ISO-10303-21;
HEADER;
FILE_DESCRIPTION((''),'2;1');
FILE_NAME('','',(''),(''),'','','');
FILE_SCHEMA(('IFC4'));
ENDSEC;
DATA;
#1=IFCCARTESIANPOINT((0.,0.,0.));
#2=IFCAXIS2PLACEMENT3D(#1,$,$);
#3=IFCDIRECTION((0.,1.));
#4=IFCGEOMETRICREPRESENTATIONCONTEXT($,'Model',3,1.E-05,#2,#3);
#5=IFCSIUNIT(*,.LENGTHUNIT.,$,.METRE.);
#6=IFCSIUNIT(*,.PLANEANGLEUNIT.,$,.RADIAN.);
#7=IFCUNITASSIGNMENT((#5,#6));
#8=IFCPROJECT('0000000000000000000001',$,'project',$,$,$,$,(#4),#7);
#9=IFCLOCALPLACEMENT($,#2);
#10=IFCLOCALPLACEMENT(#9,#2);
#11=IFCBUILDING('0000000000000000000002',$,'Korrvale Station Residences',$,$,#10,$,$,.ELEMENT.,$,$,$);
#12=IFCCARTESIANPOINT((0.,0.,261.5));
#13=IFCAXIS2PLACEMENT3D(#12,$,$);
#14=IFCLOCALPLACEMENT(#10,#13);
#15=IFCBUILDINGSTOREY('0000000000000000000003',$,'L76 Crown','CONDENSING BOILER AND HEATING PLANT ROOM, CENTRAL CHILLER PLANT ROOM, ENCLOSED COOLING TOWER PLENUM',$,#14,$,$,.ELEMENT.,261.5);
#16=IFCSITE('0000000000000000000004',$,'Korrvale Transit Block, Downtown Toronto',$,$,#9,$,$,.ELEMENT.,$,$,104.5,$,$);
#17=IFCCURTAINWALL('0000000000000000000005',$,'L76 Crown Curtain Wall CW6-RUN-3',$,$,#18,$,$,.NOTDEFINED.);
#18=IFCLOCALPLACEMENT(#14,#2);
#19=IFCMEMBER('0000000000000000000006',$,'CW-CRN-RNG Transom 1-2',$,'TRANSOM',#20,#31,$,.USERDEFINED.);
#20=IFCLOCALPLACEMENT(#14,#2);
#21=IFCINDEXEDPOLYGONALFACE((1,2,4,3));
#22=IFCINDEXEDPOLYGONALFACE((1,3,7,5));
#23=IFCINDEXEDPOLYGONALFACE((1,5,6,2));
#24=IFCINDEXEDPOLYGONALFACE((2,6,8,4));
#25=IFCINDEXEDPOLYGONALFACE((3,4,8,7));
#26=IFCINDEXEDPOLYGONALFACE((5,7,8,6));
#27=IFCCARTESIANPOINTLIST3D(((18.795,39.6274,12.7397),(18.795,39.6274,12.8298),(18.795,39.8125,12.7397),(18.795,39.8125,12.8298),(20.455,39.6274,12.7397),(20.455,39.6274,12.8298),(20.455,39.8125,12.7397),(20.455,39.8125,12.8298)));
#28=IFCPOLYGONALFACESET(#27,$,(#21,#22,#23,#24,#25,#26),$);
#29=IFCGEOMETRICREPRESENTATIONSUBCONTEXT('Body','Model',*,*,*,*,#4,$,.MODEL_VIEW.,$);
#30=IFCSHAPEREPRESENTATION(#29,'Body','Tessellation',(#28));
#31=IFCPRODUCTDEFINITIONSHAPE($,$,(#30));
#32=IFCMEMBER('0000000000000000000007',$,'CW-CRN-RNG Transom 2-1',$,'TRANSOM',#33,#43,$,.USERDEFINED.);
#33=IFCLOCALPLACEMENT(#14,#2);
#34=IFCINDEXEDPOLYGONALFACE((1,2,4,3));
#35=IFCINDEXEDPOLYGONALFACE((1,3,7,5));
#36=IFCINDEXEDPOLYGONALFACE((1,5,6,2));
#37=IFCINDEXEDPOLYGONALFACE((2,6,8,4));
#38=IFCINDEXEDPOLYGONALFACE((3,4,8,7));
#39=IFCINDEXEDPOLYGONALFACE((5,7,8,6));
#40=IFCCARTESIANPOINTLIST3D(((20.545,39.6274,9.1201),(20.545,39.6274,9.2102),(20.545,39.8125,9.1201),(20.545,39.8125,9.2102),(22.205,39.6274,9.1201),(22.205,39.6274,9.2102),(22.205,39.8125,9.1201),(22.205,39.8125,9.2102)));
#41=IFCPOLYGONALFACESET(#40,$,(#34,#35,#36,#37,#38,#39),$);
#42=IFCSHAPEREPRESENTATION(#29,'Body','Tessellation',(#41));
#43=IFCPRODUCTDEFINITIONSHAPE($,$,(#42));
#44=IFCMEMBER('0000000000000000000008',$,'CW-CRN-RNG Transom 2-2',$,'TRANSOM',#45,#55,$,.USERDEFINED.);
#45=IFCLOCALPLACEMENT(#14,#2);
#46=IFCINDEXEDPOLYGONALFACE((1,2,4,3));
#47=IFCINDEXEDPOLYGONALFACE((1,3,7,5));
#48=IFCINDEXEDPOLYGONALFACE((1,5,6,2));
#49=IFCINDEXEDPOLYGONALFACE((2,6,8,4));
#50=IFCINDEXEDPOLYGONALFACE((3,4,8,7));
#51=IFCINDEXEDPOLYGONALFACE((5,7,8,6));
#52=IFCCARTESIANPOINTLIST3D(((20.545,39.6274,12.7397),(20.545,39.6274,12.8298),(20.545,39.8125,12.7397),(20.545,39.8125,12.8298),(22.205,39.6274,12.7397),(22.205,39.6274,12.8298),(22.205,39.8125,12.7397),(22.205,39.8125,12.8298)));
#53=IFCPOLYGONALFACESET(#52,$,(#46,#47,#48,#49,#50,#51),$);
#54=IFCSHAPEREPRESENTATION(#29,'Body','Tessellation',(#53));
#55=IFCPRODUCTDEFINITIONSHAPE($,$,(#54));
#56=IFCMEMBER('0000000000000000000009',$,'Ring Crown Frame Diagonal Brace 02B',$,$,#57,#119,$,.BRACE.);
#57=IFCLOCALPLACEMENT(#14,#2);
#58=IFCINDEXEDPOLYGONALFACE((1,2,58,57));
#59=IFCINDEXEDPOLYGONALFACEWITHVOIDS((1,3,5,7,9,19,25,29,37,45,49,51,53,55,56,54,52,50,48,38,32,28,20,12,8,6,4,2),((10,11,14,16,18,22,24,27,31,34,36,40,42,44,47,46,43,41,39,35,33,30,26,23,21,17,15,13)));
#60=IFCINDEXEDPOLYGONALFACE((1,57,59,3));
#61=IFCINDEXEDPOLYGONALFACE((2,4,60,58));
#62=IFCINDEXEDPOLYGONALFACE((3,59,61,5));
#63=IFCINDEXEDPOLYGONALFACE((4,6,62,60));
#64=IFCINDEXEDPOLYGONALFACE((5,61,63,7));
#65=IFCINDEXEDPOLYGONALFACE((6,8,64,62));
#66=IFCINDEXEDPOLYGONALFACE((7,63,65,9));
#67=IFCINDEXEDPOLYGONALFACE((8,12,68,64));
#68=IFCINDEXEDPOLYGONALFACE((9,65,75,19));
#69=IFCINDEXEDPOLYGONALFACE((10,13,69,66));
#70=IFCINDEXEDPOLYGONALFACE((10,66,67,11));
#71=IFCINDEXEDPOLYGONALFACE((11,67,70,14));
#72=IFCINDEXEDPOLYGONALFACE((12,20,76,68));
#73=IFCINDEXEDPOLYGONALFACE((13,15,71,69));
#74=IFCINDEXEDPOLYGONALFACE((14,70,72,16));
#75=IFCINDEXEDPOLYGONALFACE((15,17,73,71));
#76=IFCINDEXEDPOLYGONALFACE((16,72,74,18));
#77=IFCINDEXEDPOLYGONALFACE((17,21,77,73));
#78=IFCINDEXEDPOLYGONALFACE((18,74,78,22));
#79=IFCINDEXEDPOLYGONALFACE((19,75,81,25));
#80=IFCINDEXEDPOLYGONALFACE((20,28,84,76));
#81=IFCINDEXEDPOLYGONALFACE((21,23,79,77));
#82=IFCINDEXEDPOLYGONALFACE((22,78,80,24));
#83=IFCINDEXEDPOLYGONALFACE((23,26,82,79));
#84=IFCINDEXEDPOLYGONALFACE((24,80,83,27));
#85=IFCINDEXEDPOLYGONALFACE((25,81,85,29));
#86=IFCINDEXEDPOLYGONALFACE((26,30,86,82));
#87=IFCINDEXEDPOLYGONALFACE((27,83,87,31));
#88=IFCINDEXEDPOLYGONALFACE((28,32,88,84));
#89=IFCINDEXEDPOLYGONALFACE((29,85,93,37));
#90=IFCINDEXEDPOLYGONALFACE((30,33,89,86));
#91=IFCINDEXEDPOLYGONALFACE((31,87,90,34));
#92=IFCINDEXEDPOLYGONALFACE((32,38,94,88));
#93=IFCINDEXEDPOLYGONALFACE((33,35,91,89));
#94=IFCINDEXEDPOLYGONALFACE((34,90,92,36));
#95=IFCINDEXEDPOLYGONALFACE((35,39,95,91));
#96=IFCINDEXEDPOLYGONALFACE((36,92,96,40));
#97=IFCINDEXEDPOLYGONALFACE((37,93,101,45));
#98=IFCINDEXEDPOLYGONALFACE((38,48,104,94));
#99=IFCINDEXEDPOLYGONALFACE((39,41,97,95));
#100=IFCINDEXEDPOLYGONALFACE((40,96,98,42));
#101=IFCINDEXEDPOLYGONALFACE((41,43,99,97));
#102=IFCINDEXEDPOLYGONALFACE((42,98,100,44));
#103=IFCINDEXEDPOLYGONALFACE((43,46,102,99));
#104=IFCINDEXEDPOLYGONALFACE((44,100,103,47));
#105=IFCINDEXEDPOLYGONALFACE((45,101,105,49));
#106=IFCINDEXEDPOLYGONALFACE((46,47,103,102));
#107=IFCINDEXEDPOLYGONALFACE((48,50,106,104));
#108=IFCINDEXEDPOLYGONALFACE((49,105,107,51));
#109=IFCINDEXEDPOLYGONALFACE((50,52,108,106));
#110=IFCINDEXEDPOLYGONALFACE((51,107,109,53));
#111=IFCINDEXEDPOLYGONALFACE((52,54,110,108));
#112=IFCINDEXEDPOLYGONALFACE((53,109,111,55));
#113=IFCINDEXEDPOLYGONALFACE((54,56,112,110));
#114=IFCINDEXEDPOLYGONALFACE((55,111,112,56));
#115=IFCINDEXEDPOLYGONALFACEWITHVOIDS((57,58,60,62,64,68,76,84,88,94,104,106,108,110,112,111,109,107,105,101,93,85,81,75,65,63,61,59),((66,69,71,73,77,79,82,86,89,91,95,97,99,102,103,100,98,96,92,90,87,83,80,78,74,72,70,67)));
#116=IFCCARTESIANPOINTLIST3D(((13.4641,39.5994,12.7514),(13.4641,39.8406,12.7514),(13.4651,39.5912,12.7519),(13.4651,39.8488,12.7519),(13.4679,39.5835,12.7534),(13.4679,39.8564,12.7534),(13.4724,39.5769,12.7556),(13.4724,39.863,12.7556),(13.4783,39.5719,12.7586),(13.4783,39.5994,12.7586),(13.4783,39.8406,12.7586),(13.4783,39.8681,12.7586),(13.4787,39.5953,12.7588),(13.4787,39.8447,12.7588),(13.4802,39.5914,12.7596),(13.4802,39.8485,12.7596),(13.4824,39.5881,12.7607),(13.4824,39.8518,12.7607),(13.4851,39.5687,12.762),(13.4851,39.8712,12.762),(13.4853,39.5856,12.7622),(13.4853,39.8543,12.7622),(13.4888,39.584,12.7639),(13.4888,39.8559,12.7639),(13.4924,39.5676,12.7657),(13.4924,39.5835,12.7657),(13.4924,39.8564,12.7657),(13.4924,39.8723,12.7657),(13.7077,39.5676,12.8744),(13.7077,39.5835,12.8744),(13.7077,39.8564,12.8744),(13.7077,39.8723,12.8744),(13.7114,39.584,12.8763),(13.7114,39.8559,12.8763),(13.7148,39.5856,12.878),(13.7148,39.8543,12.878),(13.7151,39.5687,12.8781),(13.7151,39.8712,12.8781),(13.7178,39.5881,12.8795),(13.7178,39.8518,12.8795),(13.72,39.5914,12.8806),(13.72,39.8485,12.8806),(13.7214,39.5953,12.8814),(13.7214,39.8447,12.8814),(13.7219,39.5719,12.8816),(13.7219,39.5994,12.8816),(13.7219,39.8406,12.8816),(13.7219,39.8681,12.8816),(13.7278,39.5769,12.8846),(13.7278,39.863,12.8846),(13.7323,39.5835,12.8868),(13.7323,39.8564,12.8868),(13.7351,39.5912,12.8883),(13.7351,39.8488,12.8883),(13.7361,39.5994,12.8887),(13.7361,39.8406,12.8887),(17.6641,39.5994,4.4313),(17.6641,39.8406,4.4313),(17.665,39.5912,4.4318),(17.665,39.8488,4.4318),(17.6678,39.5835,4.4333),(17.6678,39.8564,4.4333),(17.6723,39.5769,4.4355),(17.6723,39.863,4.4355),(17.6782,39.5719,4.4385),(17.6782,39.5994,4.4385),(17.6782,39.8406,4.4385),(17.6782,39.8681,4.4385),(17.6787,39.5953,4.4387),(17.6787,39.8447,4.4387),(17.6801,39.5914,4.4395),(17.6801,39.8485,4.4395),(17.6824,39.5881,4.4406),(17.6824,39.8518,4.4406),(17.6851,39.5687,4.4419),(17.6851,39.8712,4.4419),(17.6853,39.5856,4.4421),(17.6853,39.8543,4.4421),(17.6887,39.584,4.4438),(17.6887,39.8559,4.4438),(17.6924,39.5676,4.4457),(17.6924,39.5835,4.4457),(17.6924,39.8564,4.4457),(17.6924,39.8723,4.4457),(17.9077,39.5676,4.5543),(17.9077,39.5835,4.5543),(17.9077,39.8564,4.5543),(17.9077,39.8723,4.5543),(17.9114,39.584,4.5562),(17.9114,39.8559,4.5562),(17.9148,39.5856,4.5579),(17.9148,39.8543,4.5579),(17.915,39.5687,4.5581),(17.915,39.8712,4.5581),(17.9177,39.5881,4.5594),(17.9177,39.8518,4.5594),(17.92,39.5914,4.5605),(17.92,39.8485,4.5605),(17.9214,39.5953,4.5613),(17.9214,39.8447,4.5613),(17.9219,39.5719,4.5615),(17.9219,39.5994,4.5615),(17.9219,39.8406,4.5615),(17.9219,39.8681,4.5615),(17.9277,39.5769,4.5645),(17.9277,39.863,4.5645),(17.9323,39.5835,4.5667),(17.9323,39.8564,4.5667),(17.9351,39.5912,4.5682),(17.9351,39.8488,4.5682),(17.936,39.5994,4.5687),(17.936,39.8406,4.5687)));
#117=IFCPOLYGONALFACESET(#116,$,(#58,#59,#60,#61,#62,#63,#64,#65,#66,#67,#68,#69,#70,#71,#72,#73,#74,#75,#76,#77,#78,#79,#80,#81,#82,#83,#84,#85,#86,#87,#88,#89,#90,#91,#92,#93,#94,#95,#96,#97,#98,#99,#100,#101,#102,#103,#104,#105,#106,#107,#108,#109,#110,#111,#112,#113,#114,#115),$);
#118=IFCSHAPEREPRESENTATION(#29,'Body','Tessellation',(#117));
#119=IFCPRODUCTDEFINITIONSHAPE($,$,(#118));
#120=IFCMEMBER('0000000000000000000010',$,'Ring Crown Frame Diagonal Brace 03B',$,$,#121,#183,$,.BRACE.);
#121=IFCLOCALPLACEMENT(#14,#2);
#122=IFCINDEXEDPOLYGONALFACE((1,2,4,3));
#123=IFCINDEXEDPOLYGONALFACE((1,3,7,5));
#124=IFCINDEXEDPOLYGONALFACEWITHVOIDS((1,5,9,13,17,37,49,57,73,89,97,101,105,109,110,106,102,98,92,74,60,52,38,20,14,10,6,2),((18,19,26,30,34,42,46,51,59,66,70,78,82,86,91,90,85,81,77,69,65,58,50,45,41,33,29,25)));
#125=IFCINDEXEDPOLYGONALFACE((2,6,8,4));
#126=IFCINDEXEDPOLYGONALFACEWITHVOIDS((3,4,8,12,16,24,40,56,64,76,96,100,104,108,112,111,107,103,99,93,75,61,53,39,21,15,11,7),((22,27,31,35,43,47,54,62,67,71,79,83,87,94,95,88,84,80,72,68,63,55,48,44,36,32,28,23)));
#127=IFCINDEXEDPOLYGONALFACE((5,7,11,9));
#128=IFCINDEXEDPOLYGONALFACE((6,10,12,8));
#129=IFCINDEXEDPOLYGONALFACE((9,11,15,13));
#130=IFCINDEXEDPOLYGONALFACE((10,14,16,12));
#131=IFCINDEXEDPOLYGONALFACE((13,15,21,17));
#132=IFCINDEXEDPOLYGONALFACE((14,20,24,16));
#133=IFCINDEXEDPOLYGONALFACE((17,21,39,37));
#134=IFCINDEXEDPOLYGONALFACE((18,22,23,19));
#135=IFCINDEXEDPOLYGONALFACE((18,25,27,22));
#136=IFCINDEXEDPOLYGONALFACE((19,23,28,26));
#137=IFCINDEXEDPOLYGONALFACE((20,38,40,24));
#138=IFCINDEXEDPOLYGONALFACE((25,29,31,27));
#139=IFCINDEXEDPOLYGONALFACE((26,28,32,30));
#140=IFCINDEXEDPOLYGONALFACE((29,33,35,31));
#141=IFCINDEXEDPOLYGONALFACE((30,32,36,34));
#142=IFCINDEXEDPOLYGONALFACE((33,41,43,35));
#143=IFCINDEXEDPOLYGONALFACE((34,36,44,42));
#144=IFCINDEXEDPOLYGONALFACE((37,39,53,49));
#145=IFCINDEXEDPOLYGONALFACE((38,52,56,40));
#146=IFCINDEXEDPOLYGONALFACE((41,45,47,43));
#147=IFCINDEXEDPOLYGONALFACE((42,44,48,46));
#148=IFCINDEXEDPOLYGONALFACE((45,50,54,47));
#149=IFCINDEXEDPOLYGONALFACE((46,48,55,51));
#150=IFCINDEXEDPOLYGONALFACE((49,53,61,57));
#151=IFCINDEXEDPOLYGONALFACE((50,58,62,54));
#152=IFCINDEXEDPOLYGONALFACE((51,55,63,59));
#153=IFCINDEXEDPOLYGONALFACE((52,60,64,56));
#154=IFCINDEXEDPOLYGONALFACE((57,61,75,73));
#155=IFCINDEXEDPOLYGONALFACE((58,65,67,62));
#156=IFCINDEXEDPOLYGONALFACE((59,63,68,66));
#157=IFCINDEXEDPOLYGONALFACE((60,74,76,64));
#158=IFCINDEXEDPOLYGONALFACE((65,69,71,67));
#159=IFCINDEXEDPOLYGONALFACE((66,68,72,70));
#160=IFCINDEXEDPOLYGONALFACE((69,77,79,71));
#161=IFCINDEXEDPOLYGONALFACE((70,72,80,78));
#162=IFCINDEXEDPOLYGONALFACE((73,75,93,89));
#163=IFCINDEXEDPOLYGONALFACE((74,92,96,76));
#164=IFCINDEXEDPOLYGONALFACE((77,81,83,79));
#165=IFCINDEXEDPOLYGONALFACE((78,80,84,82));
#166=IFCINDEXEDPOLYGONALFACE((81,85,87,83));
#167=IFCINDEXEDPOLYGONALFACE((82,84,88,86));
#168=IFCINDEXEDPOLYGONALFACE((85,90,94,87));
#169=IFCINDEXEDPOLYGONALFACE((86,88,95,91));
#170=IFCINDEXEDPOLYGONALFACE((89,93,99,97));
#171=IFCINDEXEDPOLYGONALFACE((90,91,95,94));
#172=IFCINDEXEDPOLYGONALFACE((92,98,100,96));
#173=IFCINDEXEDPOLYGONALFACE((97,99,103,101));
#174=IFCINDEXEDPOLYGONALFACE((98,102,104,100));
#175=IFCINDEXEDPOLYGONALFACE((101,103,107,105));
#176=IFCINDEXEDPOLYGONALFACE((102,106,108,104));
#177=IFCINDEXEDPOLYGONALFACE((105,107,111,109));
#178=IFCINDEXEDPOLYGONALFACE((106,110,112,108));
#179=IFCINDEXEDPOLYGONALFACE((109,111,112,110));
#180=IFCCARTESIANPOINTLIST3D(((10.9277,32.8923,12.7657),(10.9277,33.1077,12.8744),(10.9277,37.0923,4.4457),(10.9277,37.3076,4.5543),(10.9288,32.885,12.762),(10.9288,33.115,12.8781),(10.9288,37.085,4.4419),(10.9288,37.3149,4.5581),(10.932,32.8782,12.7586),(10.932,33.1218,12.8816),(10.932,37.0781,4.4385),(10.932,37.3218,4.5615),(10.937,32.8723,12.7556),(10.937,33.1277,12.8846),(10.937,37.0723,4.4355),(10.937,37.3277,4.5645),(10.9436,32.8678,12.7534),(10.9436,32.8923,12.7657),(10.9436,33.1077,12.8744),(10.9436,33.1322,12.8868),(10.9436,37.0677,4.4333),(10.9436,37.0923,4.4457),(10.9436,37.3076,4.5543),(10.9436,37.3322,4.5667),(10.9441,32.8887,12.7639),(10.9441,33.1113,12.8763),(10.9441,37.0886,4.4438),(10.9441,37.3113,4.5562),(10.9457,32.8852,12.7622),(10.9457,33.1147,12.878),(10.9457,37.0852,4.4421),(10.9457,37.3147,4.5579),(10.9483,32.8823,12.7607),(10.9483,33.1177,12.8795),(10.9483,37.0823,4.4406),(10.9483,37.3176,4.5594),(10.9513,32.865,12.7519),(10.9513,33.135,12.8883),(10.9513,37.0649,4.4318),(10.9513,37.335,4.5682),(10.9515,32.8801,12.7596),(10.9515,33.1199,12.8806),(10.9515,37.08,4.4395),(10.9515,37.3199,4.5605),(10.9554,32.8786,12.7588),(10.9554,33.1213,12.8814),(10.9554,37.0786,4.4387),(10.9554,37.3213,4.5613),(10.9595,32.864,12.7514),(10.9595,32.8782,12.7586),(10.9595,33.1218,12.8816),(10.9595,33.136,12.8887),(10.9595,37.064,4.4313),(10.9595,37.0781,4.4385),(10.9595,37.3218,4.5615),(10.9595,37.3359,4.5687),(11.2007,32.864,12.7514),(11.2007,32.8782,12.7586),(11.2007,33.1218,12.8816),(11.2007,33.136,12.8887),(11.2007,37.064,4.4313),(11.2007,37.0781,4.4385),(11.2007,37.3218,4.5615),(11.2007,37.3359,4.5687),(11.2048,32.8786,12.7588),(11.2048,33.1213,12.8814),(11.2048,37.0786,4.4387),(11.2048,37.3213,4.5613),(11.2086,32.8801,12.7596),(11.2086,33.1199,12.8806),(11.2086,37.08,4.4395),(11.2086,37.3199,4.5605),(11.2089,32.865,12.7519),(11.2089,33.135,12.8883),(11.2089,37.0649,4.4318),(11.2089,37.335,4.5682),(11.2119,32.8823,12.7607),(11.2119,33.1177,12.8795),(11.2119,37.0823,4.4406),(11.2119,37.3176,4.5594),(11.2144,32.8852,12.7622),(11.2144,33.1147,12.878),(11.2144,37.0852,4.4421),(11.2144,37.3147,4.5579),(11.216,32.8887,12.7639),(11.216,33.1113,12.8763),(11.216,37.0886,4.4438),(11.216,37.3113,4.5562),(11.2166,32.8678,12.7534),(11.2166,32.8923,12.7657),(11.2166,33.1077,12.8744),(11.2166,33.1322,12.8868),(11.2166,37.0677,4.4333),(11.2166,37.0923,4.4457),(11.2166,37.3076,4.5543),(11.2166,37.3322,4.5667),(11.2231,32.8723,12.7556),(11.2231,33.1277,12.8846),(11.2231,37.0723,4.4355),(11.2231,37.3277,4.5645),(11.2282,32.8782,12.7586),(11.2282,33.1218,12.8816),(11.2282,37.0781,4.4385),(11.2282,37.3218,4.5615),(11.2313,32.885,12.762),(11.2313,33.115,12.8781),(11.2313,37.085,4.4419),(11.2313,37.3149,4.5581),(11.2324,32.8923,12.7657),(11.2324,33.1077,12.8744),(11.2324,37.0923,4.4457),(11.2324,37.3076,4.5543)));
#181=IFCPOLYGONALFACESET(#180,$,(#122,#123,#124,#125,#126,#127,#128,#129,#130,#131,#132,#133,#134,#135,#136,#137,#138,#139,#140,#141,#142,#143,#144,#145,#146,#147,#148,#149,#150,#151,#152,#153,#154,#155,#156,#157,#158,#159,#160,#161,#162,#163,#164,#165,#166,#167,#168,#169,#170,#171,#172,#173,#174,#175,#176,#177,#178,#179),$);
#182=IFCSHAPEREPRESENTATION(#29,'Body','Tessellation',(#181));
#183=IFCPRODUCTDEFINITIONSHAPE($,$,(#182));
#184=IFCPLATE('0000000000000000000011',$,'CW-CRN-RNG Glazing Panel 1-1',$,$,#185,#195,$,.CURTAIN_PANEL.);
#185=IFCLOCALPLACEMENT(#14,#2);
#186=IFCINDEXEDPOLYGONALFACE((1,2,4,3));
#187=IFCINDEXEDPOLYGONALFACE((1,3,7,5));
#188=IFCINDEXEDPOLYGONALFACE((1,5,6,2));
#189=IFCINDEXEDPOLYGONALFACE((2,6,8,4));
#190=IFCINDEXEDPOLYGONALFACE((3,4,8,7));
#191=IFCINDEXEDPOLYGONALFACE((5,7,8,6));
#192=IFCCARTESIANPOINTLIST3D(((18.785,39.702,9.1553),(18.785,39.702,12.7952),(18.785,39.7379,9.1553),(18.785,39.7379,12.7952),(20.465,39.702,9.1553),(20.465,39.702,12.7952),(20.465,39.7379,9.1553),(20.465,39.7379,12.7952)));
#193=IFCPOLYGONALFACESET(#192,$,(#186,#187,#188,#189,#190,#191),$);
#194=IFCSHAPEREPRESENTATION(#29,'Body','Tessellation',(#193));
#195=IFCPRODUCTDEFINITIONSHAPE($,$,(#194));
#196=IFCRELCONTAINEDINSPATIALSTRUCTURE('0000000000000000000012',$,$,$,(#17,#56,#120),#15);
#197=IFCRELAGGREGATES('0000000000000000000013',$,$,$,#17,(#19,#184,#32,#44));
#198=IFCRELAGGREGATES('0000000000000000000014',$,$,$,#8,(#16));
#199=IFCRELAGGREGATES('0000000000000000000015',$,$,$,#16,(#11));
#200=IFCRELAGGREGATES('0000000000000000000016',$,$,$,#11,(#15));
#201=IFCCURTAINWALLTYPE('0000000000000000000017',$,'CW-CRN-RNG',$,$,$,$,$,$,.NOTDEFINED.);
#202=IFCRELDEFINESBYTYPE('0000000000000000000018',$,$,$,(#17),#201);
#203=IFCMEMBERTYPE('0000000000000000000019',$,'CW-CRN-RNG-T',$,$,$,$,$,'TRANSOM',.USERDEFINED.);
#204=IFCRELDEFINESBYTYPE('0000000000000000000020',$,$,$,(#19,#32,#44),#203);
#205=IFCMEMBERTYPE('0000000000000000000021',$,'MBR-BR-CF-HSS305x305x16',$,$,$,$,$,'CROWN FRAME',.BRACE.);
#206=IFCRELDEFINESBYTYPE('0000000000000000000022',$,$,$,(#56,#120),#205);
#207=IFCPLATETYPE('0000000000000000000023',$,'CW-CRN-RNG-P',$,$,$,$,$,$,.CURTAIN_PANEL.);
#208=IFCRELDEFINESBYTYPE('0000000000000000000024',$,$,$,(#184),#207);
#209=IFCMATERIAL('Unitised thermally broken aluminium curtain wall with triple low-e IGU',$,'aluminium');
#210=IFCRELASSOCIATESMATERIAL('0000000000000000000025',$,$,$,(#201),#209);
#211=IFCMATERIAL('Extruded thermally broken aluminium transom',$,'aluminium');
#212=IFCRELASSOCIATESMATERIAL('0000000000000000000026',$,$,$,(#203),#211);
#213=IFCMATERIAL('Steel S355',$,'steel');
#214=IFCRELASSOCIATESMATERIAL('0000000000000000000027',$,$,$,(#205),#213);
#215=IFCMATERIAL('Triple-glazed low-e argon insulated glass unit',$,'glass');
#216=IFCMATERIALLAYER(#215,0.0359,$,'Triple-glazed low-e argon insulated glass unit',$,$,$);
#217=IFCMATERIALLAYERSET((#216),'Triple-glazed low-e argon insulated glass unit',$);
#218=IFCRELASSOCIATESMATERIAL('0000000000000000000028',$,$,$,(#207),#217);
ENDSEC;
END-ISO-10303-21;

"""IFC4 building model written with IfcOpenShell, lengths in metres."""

from ifc_helpers import new_model, si_unit, direction, frame, origin, origin_2d, place, context, subcontext, project, spatial, rectangle, hollow_rectangle, extrude, material, layer, layer_set, material_profile, profile_set, type_object, element, aggregate, save


model = new_model("IFC4")

# Units and contexts
model_context = context("Model", 3, precision=1e-05, world=origin(), true_north=direction((0.0, 1.0)))
body_context = subcontext(model_context, "Body", "Model", "MODEL_VIEW")
ifc_project = project(units=[si_unit("LENGTHUNIT", "METRE"), si_unit("PLANEANGLEUNIT", "RADIAN")], contexts=[model_context])

# Site, building, storey
site_placement = place(None, origin())
site = spatial("IfcSite", under=ifc_project, at=site_placement, Name="Korrvale Transit Block, Downtown Toronto", CompositionType="ELEMENT", RefElevation=104.5)
building_placement = place(site_placement, origin())
building = spatial("IfcBuilding", under=site, at=building_placement, Name="Korrvale Station Residences", CompositionType="ELEMENT")
storey_placement = place(building_placement, frame((0.0, 0.0, 261.5)))
storey = spatial("IfcBuildingStorey", under=building, at=storey_placement, Name="L76 Crown", Description="CONDENSING BOILER AND HEATING PLANT ROOM, CENTRAL CHILLER PLANT ROOM, ENCLOSED COOLING TOWER PLENUM", CompositionType="ELEMENT", Elevation=261.5)

# Shared definitions
ifc_material_1 = material(Name="Steel S355", Category="steel")

# Curtain wall, members
ifc_material_2 = material(Name="Unitised thermally broken aluminium curtain wall with triple low-e IGU", Category="aluminium")
curtain_wall_type = type_object("IfcCurtainWallType", Name="CW-CRN-RNG", PredefinedType="NOTDEFINED", material=ifc_material_2)
curtain_wall_placement = place(storey_placement, origin())
curtain_wall = element("IfcCurtainWall", 1, at=curtain_wall_placement, inside=storey, type_object=curtain_wall_type, Name="L76 Crown Curtain Wall CW6-RUN-3", PredefinedType="NOTDEFINED")
ifc_material_3 = material(Name="Extruded thermally broken aluminium transom", Category="aluminium")
member_type_1 = type_object("IfcMemberType", Name="CW-CRN-RNG-T", ElementType="TRANSOM", PredefinedType="USERDEFINED", material=ifc_material_3)
member_1_placement = place(storey_placement, frame((19.625, 39.72, 12.7397), z_axis=(0.0, 0.0, 1.0), x_axis=(1.0, 0.0, 0.0)))
member_1 = element("IfcMember", 2, at=member_1_placement, type_object=member_type_1, Name="CW-CRN-RNG Transom 1-2", ObjectType="TRANSOM", PredefinedType="USERDEFINED", context=body_context, shape_type="SweptSolid", body=[
    extrude(rectangle(XDim=1.6599, YDim=0.1851, at=origin_2d()), origin(), (0.0, 0.0, 1.0), 0.0901),
])
member_2_placement = place(storey_placement, frame((21.375, 39.72, 9.1201), z_axis=(0.0, 0.0, 1.0), x_axis=(1.0, 0.0, 0.0)))
member_2 = element("IfcMember", 3, at=member_2_placement, type_object=member_type_1, Name="CW-CRN-RNG Transom 2-1", ObjectType="TRANSOM", PredefinedType="USERDEFINED", context=body_context, shape_type="SweptSolid", body=[
    extrude(rectangle(XDim=1.6599, YDim=0.1851, at=origin_2d()), origin(), (0.0, 0.0, 1.0), 0.0901),
])
member_3_placement = place(storey_placement, frame((21.375, 39.72, 12.7397), z_axis=(0.0, 0.0, 1.0), x_axis=(1.0, 0.0, 0.0)))
member_3 = element("IfcMember", 4, at=member_3_placement, type_object=member_type_1, Name="CW-CRN-RNG Transom 2-2", ObjectType="TRANSOM", PredefinedType="USERDEFINED", context=body_context, shape_type="SweptSolid", body=[
    extrude(rectangle(XDim=1.6599, YDim=0.1851, at=origin_2d()), origin(), (0.0, 0.0, 1.0), 0.0901),
])

# Members
ifc_material_profile_1 = material_profile(ifc_material_1, hollow_rectangle(XDim=0.3047, YDim=0.3047, WallThickness=0.0159, InnerFilletRadius=0.0159, OuterFilletRadius=0.0317, at=origin_2d()), Name="HSS305x305x16")
ifc_profile_set_1 = profile_set([ifc_material_profile_1], Name="Steel S355")
member_type_2 = type_object("IfcMemberType", Name="MBR-BR-CF-HSS305x305x16", ElementType="CROWN FRAME", PredefinedType="BRACE", material=ifc_profile_set_1)
for number, where, z_axis, x_axis, name in (
    (5, (17.8, 39.72, 4.5), (-0.450637, 0.0, 0.892707), (0.0, -1.0, 0.0), "Ring Crown Frame Diagonal Brace 02B"),
    (6, (11.0801, 37.2, 4.5), (0.0, -0.450637, 0.892707), (1.0, 0.0, 0.0), "Ring Crown Frame Diagonal Brace 03B"),
):
    element("IfcMember", number, at=place(storey_placement, frame(where, z_axis=z_axis, x_axis=x_axis)), inside=storey, type_object=member_type_2, Name=name, PredefinedType="BRACE", context=body_context, shape_type="SweptSolid", body=[
        extrude(hollow_rectangle(XDim=0.3047, YDim=0.3047, WallThickness=0.0159, InnerFilletRadius=0.0159, OuterFilletRadius=0.0317, at=origin_2d()), origin(), (0.0, 0.0, 1.0), 9.3201),
    ])

# Plate
ifc_material_4 = material(Name="Triple-glazed low-e argon insulated glass unit", Category="glass")
ifc_layer_1 = layer(ifc_material_4, 0.0359, Name="Triple-glazed low-e argon insulated glass unit")
ifc_layer_set_1 = layer_set([ifc_layer_1], Name="Triple-glazed low-e argon insulated glass unit")
plate_type_1 = type_object("IfcPlateType", Name="CW-CRN-RNG-P", PredefinedType="CURTAIN_PANEL", material=ifc_layer_set_1)
plate_1_placement = place(storey_placement, frame((19.625, 39.72, 9.1553), z_axis=(0.0, 0.0, 1.0), x_axis=(1.0, 0.0, 0.0)))
plate_1 = element("IfcPlate", 7, at=plate_1_placement, type_object=plate_type_1, Name="CW-CRN-RNG Glazing Panel 1-1", PredefinedType="CURTAIN_PANEL", context=body_context, shape_type="SweptSolid", body=[
    extrude(rectangle(XDim=1.6799, YDim=0.0359, at=origin_2d()), origin(), (0.0, 0.0, 1.0), 3.6399),
])
aggregate(curtain_wall, [member_1, plate_1, member_2, member_3])

save(model, "model.ifc")
